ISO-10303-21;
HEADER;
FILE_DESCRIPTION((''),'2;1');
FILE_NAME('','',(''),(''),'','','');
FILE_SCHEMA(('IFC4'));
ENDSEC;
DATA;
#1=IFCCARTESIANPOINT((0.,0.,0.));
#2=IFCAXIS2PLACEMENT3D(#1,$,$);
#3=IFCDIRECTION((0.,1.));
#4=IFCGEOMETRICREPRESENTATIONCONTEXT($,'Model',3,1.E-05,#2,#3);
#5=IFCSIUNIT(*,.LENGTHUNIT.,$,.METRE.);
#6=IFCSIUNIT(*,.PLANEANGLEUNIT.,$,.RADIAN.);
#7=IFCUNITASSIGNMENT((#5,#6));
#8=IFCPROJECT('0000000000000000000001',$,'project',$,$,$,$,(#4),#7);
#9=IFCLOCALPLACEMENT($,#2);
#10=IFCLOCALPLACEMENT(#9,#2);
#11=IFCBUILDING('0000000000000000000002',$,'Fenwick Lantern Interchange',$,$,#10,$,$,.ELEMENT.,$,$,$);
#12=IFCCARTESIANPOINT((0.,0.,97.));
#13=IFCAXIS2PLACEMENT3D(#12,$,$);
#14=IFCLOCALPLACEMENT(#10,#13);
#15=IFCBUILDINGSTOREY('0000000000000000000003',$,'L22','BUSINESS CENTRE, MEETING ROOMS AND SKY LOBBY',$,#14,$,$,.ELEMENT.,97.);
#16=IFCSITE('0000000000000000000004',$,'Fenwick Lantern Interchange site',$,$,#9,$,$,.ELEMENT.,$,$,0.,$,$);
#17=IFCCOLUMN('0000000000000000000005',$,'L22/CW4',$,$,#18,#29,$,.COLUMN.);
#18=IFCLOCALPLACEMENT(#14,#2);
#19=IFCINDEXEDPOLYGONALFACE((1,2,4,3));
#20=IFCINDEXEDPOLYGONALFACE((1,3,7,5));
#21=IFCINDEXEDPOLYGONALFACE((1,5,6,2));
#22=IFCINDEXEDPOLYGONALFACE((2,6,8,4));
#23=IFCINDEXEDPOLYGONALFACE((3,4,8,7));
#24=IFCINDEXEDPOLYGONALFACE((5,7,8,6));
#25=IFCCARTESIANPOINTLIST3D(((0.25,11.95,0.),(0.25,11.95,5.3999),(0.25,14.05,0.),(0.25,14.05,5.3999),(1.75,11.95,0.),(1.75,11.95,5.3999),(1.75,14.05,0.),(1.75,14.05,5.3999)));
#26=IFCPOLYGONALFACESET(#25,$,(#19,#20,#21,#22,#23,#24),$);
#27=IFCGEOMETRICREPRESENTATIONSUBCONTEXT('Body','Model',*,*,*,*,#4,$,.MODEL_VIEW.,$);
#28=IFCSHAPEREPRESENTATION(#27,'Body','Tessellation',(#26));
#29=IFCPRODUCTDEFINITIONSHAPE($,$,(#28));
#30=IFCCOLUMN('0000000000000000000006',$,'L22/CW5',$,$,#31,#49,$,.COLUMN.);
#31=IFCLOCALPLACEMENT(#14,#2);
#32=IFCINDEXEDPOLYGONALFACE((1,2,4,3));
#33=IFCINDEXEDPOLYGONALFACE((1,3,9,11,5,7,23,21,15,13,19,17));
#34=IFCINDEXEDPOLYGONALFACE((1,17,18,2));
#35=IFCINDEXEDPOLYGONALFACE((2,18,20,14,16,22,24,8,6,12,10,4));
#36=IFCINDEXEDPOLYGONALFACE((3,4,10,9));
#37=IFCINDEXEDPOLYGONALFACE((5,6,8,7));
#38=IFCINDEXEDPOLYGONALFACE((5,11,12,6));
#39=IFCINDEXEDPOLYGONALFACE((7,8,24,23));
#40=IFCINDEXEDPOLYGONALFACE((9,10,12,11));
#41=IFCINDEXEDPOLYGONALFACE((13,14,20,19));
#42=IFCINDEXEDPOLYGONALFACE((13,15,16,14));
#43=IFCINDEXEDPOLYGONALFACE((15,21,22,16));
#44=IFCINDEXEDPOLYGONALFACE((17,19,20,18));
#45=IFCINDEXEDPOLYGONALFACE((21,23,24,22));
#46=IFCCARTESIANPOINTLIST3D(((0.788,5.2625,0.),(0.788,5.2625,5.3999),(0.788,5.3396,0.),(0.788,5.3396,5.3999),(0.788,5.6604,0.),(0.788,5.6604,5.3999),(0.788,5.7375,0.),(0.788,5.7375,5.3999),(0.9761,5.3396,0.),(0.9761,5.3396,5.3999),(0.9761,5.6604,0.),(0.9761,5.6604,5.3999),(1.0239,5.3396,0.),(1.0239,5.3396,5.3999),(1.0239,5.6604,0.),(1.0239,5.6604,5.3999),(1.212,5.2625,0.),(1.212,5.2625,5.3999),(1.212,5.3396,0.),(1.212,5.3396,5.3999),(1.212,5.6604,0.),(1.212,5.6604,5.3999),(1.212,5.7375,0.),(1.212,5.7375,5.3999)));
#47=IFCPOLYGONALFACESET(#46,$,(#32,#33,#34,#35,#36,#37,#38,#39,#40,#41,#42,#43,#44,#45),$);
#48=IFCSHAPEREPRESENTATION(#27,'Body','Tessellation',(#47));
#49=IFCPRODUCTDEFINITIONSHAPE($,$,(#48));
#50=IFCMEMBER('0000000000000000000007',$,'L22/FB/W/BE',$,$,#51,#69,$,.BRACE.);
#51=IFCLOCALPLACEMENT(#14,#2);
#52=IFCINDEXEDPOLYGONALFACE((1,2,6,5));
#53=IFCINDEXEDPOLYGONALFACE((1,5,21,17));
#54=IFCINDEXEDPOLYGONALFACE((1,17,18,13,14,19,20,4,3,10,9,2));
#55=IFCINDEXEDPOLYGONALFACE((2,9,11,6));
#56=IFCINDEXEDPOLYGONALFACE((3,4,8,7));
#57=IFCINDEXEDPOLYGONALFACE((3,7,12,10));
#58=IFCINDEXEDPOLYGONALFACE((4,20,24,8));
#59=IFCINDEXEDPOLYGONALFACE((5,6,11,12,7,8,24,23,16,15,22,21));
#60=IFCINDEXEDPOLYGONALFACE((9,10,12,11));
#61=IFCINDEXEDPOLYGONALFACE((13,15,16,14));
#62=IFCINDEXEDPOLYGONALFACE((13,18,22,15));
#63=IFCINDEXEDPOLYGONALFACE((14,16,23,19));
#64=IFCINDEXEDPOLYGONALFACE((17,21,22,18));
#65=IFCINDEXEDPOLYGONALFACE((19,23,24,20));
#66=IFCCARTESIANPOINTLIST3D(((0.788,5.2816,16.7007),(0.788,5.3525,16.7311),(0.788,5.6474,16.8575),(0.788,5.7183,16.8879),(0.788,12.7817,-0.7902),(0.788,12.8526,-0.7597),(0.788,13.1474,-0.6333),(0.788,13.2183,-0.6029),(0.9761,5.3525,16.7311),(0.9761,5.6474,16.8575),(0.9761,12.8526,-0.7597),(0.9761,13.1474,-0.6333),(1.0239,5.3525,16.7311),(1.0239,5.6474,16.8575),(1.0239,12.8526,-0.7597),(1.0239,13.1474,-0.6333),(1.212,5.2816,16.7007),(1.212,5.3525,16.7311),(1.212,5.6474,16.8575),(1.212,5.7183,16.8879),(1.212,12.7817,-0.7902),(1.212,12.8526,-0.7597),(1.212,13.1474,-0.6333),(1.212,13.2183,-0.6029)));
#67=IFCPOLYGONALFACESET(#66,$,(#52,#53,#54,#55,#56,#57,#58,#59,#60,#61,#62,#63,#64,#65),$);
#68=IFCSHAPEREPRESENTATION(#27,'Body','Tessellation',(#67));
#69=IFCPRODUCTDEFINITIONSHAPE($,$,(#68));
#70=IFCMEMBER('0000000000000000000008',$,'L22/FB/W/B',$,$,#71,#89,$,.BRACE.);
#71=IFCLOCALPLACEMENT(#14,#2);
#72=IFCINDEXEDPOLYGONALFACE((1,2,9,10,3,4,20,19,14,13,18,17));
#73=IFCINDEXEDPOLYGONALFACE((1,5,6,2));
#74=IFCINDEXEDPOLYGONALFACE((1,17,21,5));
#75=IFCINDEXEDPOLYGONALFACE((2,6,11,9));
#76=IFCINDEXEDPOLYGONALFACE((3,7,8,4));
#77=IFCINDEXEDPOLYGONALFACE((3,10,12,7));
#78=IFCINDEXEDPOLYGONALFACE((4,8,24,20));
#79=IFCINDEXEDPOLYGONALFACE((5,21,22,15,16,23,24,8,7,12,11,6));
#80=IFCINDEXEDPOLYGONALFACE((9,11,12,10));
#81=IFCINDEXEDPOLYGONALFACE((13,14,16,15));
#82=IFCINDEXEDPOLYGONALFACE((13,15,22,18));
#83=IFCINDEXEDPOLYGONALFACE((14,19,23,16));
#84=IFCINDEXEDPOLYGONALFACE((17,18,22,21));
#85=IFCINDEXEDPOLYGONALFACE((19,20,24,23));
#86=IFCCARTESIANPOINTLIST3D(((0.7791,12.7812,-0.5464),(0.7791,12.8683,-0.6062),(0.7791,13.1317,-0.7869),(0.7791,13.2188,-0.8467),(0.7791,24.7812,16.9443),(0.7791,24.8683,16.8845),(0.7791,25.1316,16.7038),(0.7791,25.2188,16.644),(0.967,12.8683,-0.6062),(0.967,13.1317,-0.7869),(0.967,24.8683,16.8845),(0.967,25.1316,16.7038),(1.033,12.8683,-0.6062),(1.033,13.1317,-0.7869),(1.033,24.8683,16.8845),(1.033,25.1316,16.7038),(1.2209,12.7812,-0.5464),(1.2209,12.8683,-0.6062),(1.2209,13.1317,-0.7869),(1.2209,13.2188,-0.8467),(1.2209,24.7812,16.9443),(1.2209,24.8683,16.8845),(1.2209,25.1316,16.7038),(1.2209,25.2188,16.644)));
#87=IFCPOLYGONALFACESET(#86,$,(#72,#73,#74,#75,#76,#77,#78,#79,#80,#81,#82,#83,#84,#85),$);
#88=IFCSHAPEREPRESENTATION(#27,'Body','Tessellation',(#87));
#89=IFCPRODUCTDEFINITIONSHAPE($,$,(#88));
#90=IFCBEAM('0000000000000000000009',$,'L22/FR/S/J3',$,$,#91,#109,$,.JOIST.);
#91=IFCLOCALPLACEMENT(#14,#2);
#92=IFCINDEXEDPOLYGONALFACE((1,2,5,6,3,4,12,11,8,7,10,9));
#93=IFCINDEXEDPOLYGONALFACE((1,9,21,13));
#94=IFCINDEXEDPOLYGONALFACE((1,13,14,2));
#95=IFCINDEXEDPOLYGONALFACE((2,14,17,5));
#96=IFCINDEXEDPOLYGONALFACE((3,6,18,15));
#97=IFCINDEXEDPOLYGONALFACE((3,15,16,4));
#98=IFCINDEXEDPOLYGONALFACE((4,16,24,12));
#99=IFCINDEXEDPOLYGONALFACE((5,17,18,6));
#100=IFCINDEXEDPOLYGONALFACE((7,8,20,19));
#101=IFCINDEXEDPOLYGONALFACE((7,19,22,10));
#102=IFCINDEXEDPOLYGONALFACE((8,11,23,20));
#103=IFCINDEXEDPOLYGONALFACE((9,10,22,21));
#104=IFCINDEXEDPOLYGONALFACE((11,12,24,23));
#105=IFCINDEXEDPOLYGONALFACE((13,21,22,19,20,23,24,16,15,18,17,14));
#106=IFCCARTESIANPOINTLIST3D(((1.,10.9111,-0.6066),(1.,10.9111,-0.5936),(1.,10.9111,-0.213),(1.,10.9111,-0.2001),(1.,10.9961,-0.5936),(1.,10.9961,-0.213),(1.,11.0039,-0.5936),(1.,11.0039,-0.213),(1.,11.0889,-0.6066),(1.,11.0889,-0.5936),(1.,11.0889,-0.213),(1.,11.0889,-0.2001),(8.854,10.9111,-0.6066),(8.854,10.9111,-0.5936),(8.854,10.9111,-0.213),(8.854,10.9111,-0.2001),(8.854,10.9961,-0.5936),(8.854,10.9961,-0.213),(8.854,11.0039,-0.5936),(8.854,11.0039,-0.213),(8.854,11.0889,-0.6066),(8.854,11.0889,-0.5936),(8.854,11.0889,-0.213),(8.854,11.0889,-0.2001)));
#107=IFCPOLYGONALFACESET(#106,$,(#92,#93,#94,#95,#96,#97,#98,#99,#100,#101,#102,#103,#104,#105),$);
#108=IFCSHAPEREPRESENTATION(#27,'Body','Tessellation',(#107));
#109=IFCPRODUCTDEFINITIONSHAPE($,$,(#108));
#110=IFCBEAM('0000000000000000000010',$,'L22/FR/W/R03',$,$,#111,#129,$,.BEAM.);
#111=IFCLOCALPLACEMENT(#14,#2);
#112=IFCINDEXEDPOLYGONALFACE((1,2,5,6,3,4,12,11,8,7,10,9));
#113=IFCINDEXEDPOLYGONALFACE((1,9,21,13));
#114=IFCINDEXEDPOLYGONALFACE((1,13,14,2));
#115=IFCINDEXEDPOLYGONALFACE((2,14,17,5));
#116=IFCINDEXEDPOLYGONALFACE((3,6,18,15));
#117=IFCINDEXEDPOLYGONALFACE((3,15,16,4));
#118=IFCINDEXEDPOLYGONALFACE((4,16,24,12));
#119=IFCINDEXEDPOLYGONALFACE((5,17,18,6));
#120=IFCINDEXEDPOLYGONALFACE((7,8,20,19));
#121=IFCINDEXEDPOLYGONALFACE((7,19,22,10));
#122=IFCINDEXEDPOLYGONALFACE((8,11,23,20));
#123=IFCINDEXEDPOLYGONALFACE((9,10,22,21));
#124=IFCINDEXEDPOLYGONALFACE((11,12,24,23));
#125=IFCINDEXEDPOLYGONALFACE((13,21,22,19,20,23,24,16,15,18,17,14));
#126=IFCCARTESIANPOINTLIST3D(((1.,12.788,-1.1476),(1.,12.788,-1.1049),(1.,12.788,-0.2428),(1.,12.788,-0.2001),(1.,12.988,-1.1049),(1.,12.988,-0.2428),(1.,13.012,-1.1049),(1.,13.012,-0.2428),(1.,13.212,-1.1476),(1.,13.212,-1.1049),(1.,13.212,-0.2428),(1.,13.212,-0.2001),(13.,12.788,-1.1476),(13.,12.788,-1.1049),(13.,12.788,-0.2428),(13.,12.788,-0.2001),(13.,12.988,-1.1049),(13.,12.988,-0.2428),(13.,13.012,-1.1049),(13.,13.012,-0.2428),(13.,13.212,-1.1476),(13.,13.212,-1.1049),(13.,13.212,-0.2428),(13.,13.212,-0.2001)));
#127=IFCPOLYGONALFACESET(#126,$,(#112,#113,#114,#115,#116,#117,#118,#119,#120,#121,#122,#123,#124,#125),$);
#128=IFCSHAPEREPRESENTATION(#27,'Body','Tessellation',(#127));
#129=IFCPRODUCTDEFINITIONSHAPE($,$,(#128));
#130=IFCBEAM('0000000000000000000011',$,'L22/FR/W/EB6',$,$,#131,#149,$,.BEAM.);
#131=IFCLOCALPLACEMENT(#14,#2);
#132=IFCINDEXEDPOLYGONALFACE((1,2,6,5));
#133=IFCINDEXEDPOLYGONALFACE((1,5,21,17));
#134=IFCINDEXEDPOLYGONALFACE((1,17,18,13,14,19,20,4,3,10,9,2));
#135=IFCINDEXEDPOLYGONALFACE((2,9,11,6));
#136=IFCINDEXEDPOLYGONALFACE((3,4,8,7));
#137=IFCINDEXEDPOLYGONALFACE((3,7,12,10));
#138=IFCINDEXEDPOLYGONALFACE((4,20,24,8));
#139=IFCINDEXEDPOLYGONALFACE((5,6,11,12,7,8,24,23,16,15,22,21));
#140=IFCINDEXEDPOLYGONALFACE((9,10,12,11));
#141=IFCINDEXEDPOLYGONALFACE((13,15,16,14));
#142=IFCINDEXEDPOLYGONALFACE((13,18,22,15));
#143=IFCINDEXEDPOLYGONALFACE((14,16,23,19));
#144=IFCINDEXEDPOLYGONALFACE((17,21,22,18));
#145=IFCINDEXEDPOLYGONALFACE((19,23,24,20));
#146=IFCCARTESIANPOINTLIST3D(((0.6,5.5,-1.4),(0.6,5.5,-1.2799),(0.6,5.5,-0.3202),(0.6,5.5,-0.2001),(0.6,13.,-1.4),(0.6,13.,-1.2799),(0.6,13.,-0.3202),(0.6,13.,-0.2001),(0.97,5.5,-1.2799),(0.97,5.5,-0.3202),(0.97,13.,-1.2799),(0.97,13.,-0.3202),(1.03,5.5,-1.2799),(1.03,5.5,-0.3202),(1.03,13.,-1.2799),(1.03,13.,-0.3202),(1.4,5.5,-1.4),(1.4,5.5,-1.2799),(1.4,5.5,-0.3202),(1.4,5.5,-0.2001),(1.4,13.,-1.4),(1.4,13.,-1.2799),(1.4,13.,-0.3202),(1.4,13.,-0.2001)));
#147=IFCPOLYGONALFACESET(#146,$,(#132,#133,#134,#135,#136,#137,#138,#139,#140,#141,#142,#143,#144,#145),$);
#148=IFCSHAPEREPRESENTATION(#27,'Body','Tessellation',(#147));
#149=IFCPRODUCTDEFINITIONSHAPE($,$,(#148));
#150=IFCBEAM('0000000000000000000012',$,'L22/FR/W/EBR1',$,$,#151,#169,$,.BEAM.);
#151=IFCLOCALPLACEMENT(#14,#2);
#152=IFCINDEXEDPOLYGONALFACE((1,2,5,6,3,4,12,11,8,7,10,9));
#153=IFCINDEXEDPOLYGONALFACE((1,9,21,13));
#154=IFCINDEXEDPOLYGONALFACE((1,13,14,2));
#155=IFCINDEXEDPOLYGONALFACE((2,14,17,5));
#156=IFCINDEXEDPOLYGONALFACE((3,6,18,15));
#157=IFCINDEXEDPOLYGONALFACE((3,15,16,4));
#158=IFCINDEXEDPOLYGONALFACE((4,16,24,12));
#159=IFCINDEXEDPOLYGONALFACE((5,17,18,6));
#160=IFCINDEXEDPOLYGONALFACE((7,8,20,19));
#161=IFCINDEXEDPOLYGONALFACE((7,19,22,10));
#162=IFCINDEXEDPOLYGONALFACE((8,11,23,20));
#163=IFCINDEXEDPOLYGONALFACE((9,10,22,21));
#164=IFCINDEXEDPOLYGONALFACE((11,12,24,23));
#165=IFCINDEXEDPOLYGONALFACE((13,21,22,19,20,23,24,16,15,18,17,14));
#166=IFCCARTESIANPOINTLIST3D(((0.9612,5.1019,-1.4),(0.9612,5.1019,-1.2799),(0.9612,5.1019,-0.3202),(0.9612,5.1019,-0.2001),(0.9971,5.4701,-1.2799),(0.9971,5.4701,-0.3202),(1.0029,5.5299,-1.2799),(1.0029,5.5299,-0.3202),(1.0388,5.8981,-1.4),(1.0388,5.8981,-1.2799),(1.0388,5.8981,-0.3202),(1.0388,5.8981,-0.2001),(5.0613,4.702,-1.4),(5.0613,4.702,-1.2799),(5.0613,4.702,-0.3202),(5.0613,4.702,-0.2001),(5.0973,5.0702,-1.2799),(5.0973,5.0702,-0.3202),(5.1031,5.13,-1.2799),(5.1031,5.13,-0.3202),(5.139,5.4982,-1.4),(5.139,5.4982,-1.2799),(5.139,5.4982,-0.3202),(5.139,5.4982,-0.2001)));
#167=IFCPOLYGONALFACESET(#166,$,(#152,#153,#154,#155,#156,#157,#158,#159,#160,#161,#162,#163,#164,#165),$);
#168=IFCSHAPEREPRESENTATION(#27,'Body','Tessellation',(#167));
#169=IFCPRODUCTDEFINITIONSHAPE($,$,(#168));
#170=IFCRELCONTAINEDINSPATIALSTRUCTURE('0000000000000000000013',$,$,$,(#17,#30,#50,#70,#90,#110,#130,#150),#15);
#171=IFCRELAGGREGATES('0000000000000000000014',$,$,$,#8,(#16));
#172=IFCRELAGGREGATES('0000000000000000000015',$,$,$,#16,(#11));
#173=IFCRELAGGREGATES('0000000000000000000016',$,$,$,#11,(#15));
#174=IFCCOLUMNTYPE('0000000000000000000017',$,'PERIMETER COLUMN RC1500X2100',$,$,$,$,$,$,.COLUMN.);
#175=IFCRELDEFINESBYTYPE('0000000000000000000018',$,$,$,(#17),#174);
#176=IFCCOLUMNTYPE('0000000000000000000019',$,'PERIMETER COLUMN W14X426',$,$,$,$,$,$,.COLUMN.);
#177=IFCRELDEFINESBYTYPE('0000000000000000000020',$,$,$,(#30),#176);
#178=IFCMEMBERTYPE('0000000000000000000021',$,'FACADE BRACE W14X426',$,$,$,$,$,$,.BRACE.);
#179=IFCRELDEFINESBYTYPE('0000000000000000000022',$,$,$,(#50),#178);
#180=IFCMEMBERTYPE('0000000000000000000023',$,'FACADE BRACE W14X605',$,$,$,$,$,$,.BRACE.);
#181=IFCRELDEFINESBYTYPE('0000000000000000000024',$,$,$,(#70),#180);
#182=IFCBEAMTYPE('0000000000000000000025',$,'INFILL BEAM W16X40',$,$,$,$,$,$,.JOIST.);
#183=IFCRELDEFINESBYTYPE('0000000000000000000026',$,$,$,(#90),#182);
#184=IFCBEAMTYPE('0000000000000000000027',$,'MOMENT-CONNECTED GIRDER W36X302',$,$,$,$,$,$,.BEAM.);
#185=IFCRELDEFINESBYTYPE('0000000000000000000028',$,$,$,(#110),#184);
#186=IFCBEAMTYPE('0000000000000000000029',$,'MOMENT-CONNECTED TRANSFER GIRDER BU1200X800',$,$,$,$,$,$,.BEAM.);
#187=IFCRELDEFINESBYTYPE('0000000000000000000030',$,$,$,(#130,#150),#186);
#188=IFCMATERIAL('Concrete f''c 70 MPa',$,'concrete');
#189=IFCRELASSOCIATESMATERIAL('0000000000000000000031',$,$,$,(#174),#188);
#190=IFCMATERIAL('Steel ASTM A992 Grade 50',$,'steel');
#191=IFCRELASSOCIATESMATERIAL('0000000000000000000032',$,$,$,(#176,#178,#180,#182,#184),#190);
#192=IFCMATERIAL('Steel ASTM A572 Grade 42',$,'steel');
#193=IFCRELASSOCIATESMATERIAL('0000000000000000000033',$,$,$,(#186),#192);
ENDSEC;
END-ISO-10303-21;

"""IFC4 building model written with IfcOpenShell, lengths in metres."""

from ifc_helpers import new_model, si_unit, direction, frame, origin, origin_2d, place, context, subcontext, project, spatial, rectangle, i_section, extrude, material, material_profile, profile_set, type_object, element, save


model = new_model("IFC4")

# Units and contexts
model_context = context("Model", 3, precision=1e-05, world=origin(), true_north=direction((0.0, 1.0)))
body_context = subcontext(model_context, "Body", "Model", "MODEL_VIEW")
ifc_project = project(units=[si_unit("LENGTHUNIT", "METRE"), si_unit("PLANEANGLEUNIT", "RADIAN")], contexts=[model_context])

# Site, building, storey
site_placement = place(None, origin())
site = spatial("IfcSite", under=ifc_project, at=site_placement, Name="Fenwick Lantern Interchange site", CompositionType="ELEMENT", RefElevation=0.0)
building_placement = place(site_placement, origin())
building = spatial("IfcBuilding", under=site, at=building_placement, Name="Fenwick Lantern Interchange", CompositionType="ELEMENT")
storey_placement = place(building_placement, frame((0.0, 0.0, 97.0)))
storey = spatial("IfcBuildingStorey", under=building, at=storey_placement, Name="L22", Description="BUSINESS CENTRE, MEETING ROOMS AND SKY LOBBY", CompositionType="ELEMENT", Elevation=97.0)

# Columns
ifc_material_1 = material(Name="Concrete f'c 70 MPa", Category="concrete")
ifc_material_profile_1 = material_profile(ifc_material_1, rectangle(XDim=1.5, YDim=2.1001, at=origin_2d()), Name="RC1500X2100")
ifc_profile_set_1 = profile_set([ifc_material_profile_1], Name="Concrete f'c 70 MPa")
column_type_1 = type_object("IfcColumnType", Name="PERIMETER COLUMN RC1500X2100", PredefinedType="COLUMN", material=ifc_profile_set_1)
column_1_placement = place(storey_placement, frame((1.0, 13.0, 0.0), z_axis=(0.0, 0.0, 1.0), x_axis=(1.0, 0.0, 0.0)))
element("IfcColumn", 1, at=column_1_placement, inside=storey, type_object=column_type_1, Name="L22/CW4", PredefinedType="COLUMN", context=body_context, shape_type="SweptSolid", body=[
    extrude(rectangle(XDim=1.5, YDim=2.1001, at=origin_2d()), origin(), (0.0, 0.0, 1.0), 5.3999),
])
ifc_material_2 = material(Name="Steel ASTM A992 Grade 50", Category="steel")
ifc_material_profile_2 = material_profile(ifc_material_2, i_section(OverallWidth=0.4241, OverallDepth=0.4751, WebThickness=0.0479, FlangeThickness=0.0771, at=origin_2d()), Name="W14X426")
ifc_profile_set_2 = profile_set([ifc_material_profile_2], Name="Steel ASTM A992 Grade 50")
column_type_2 = type_object("IfcColumnType", Name="PERIMETER COLUMN W14X426", PredefinedType="COLUMN", material=ifc_profile_set_2)
column_2_placement = place(storey_placement, frame((1.0, 5.5, 0.0), z_axis=(0.0, 0.0, 1.0), x_axis=(1.0, 0.0, 0.0)))
element("IfcColumn", 2, at=column_2_placement, inside=storey, type_object=column_type_2, Name="L22/CW5", PredefinedType="COLUMN", context=body_context, shape_type="SweptSolid", body=[
    extrude(i_section(OverallWidth=0.4241, OverallDepth=0.4751, WebThickness=0.0479, FlangeThickness=0.0771, at=origin_2d()), origin(), (0.0, 0.0, 1.0), 5.3999),
])

# Members
ifc_material_profile_3 = material_profile(ifc_material_2, i_section(OverallWidth=0.4241, OverallDepth=0.4751, WebThickness=0.0479, FlangeThickness=0.0771, at=origin_2d()), Name="W14X426")
ifc_profile_set_3 = profile_set([ifc_material_profile_3], Name="Steel ASTM A992 Grade 50")
member_type_1 = type_object("IfcMemberType", Name="FACADE BRACE W14X426", PredefinedType="BRACE", material=ifc_profile_set_3)
member_1_placement = place(storey_placement, frame((1.0, 13.0, -0.6965), z_axis=(0.0, -0.394096, 0.919069), x_axis=(1.0, 0.0, 0.0)))
element("IfcMember", 3, at=member_1_placement, inside=storey, type_object=member_type_1, Name="L22/FB/W/BE", PredefinedType="BRACE", context=body_context, shape_type="SweptSolid", body=[
    extrude(i_section(OverallWidth=0.4241, OverallDepth=0.4751, WebThickness=0.0479, FlangeThickness=0.0771, at=origin_2d()), origin(), (0.0, 0.0, 1.0), 19.031),
])
ifc_material_profile_4 = material_profile(ifc_material_2, i_section(OverallWidth=0.4419, OverallDepth=0.5308, WebThickness=0.0659, FlangeThickness=0.1057, at=origin_2d()), Name="W14X605")
ifc_profile_set_4 = profile_set([ifc_material_profile_4], Name="Steel ASTM A992 Grade 50")
member_type_2 = type_object("IfcMemberType", Name="FACADE BRACE W14X605", PredefinedType="BRACE", material=ifc_profile_set_4)
member_2_placement = place(storey_placement, frame((1.0, 13.0, -0.6965), z_axis=(0.0, 0.565732, 0.824589), x_axis=(-1.0, 0.0, 0.0)))
element("IfcMember", 4, at=member_2_placement, inside=storey, type_object=member_type_2, Name="L22/FB/W/B", PredefinedType="BRACE", context=body_context, shape_type="SweptSolid", body=[
    extrude(i_section(OverallWidth=0.4419, OverallDepth=0.5308, WebThickness=0.0659, FlangeThickness=0.1057, at=origin_2d()), origin(), (0.0, 0.0, 1.0), 21.2114),
])

# Beams
ifc_material_profile_5 = material_profile(ifc_material_2, i_section(OverallWidth=0.1777, OverallDepth=0.4065, WebThickness=0.0078, FlangeThickness=0.0129, at=origin_2d()), Name="W16X40")
ifc_profile_set_5 = profile_set([ifc_material_profile_5], Name="Steel ASTM A992 Grade 50")
beam_type_1 = type_object("IfcBeamType", Name="INFILL BEAM W16X40", PredefinedType="JOIST", material=ifc_profile_set_5)
beam_1_placement = place(storey_placement, frame((1.0, 11.0, -0.4033), z_axis=(1.0, 0.0, 0.0), x_axis=(0.0, 1.0, 0.0)))
element("IfcBeam", 5, at=beam_1_placement, inside=storey, type_object=beam_type_1, Name="L22/FR/S/J3", PredefinedType="JOIST", context=body_context, shape_type="SweptSolid", body=[
    extrude(i_section(OverallWidth=0.1777, OverallDepth=0.4065, WebThickness=0.0078, FlangeThickness=0.0129, at=origin_2d()), origin(), (0.0, 0.0, 1.0), 7.854),
])
ifc_material_profile_6 = material_profile(ifc_material_2, i_section(OverallWidth=0.4241, OverallDepth=0.9475, WebThickness=0.0239, FlangeThickness=0.0427, at=origin_2d()), Name="W36X302")
ifc_profile_set_6 = profile_set([ifc_material_profile_6], Name="Steel ASTM A992 Grade 50")
beam_type_2 = type_object("IfcBeamType", Name="MOMENT-CONNECTED GIRDER W36X302", PredefinedType="BEAM", material=ifc_profile_set_6)
beam_2_placement = place(storey_placement, frame((1.0, 13.0, -0.6738), z_axis=(1.0, 0.0, 0.0), x_axis=(0.0, 1.0, 0.0)))
element("IfcBeam", 6, at=beam_2_placement, inside=storey, type_object=beam_type_2, Name="L22/FR/W/R03", PredefinedType="BEAM", context=body_context, shape_type="SweptSolid", body=[
    extrude(i_section(OverallWidth=0.4241, OverallDepth=0.9475, WebThickness=0.0239, FlangeThickness=0.0427, at=origin_2d()), origin(), (0.0, 0.0, 1.0), 12.0),
])
ifc_material_3 = material(Name="Steel ASTM A572 Grade 42", Category="steel")
ifc_material_profile_7 = material_profile(ifc_material_3, i_section(OverallWidth=0.8, OverallDepth=1.2, WebThickness=0.0601, FlangeThickness=0.1201, at=origin_2d()), Name="BU1200X800")
ifc_profile_set_7 = profile_set([ifc_material_profile_7], Name="Steel ASTM A572 Grade 42")
beam_type_3 = type_object("IfcBeamType", Name="MOMENT-CONNECTED TRANSFER GIRDER BU1200X800", PredefinedType="BEAM", material=ifc_profile_set_7)
beam_3_placement = place(storey_placement, frame((1.0, 13.0, -0.8), z_axis=(0.0, -1.0, 0.0), x_axis=(1.0, 0.0, 0.0)))
element("IfcBeam", 7, at=beam_3_placement, inside=storey, type_object=beam_type_3, Name="L22/FR/W/EB6", PredefinedType="BEAM", context=body_context, shape_type="SweptSolid", body=[
    extrude(i_section(OverallWidth=0.8, OverallDepth=1.2, WebThickness=0.0601, FlangeThickness=0.1201, at=origin_2d()), origin(), (0.0, 0.0, 1.0), 7.5),
])
beam_4_placement = place(storey_placement, frame((1.0, 5.5, -0.8), z_axis=(0.995277, -0.097074, 0.0), x_axis=(0.097074, 0.995277, 0.0)))
element("IfcBeam", 8, at=beam_4_placement, inside=storey, type_object=beam_type_3, Name="L22/FR/W/EBR1", PredefinedType="BEAM", context=body_context, shape_type="SweptSolid", body=[
    extrude(i_section(OverallWidth=0.8, OverallDepth=1.2, WebThickness=0.0601, FlangeThickness=0.1201, at=origin_2d()), origin(), (0.0, 0.0, 1.0), 4.1196),
])

save(model, "model.ifc")
